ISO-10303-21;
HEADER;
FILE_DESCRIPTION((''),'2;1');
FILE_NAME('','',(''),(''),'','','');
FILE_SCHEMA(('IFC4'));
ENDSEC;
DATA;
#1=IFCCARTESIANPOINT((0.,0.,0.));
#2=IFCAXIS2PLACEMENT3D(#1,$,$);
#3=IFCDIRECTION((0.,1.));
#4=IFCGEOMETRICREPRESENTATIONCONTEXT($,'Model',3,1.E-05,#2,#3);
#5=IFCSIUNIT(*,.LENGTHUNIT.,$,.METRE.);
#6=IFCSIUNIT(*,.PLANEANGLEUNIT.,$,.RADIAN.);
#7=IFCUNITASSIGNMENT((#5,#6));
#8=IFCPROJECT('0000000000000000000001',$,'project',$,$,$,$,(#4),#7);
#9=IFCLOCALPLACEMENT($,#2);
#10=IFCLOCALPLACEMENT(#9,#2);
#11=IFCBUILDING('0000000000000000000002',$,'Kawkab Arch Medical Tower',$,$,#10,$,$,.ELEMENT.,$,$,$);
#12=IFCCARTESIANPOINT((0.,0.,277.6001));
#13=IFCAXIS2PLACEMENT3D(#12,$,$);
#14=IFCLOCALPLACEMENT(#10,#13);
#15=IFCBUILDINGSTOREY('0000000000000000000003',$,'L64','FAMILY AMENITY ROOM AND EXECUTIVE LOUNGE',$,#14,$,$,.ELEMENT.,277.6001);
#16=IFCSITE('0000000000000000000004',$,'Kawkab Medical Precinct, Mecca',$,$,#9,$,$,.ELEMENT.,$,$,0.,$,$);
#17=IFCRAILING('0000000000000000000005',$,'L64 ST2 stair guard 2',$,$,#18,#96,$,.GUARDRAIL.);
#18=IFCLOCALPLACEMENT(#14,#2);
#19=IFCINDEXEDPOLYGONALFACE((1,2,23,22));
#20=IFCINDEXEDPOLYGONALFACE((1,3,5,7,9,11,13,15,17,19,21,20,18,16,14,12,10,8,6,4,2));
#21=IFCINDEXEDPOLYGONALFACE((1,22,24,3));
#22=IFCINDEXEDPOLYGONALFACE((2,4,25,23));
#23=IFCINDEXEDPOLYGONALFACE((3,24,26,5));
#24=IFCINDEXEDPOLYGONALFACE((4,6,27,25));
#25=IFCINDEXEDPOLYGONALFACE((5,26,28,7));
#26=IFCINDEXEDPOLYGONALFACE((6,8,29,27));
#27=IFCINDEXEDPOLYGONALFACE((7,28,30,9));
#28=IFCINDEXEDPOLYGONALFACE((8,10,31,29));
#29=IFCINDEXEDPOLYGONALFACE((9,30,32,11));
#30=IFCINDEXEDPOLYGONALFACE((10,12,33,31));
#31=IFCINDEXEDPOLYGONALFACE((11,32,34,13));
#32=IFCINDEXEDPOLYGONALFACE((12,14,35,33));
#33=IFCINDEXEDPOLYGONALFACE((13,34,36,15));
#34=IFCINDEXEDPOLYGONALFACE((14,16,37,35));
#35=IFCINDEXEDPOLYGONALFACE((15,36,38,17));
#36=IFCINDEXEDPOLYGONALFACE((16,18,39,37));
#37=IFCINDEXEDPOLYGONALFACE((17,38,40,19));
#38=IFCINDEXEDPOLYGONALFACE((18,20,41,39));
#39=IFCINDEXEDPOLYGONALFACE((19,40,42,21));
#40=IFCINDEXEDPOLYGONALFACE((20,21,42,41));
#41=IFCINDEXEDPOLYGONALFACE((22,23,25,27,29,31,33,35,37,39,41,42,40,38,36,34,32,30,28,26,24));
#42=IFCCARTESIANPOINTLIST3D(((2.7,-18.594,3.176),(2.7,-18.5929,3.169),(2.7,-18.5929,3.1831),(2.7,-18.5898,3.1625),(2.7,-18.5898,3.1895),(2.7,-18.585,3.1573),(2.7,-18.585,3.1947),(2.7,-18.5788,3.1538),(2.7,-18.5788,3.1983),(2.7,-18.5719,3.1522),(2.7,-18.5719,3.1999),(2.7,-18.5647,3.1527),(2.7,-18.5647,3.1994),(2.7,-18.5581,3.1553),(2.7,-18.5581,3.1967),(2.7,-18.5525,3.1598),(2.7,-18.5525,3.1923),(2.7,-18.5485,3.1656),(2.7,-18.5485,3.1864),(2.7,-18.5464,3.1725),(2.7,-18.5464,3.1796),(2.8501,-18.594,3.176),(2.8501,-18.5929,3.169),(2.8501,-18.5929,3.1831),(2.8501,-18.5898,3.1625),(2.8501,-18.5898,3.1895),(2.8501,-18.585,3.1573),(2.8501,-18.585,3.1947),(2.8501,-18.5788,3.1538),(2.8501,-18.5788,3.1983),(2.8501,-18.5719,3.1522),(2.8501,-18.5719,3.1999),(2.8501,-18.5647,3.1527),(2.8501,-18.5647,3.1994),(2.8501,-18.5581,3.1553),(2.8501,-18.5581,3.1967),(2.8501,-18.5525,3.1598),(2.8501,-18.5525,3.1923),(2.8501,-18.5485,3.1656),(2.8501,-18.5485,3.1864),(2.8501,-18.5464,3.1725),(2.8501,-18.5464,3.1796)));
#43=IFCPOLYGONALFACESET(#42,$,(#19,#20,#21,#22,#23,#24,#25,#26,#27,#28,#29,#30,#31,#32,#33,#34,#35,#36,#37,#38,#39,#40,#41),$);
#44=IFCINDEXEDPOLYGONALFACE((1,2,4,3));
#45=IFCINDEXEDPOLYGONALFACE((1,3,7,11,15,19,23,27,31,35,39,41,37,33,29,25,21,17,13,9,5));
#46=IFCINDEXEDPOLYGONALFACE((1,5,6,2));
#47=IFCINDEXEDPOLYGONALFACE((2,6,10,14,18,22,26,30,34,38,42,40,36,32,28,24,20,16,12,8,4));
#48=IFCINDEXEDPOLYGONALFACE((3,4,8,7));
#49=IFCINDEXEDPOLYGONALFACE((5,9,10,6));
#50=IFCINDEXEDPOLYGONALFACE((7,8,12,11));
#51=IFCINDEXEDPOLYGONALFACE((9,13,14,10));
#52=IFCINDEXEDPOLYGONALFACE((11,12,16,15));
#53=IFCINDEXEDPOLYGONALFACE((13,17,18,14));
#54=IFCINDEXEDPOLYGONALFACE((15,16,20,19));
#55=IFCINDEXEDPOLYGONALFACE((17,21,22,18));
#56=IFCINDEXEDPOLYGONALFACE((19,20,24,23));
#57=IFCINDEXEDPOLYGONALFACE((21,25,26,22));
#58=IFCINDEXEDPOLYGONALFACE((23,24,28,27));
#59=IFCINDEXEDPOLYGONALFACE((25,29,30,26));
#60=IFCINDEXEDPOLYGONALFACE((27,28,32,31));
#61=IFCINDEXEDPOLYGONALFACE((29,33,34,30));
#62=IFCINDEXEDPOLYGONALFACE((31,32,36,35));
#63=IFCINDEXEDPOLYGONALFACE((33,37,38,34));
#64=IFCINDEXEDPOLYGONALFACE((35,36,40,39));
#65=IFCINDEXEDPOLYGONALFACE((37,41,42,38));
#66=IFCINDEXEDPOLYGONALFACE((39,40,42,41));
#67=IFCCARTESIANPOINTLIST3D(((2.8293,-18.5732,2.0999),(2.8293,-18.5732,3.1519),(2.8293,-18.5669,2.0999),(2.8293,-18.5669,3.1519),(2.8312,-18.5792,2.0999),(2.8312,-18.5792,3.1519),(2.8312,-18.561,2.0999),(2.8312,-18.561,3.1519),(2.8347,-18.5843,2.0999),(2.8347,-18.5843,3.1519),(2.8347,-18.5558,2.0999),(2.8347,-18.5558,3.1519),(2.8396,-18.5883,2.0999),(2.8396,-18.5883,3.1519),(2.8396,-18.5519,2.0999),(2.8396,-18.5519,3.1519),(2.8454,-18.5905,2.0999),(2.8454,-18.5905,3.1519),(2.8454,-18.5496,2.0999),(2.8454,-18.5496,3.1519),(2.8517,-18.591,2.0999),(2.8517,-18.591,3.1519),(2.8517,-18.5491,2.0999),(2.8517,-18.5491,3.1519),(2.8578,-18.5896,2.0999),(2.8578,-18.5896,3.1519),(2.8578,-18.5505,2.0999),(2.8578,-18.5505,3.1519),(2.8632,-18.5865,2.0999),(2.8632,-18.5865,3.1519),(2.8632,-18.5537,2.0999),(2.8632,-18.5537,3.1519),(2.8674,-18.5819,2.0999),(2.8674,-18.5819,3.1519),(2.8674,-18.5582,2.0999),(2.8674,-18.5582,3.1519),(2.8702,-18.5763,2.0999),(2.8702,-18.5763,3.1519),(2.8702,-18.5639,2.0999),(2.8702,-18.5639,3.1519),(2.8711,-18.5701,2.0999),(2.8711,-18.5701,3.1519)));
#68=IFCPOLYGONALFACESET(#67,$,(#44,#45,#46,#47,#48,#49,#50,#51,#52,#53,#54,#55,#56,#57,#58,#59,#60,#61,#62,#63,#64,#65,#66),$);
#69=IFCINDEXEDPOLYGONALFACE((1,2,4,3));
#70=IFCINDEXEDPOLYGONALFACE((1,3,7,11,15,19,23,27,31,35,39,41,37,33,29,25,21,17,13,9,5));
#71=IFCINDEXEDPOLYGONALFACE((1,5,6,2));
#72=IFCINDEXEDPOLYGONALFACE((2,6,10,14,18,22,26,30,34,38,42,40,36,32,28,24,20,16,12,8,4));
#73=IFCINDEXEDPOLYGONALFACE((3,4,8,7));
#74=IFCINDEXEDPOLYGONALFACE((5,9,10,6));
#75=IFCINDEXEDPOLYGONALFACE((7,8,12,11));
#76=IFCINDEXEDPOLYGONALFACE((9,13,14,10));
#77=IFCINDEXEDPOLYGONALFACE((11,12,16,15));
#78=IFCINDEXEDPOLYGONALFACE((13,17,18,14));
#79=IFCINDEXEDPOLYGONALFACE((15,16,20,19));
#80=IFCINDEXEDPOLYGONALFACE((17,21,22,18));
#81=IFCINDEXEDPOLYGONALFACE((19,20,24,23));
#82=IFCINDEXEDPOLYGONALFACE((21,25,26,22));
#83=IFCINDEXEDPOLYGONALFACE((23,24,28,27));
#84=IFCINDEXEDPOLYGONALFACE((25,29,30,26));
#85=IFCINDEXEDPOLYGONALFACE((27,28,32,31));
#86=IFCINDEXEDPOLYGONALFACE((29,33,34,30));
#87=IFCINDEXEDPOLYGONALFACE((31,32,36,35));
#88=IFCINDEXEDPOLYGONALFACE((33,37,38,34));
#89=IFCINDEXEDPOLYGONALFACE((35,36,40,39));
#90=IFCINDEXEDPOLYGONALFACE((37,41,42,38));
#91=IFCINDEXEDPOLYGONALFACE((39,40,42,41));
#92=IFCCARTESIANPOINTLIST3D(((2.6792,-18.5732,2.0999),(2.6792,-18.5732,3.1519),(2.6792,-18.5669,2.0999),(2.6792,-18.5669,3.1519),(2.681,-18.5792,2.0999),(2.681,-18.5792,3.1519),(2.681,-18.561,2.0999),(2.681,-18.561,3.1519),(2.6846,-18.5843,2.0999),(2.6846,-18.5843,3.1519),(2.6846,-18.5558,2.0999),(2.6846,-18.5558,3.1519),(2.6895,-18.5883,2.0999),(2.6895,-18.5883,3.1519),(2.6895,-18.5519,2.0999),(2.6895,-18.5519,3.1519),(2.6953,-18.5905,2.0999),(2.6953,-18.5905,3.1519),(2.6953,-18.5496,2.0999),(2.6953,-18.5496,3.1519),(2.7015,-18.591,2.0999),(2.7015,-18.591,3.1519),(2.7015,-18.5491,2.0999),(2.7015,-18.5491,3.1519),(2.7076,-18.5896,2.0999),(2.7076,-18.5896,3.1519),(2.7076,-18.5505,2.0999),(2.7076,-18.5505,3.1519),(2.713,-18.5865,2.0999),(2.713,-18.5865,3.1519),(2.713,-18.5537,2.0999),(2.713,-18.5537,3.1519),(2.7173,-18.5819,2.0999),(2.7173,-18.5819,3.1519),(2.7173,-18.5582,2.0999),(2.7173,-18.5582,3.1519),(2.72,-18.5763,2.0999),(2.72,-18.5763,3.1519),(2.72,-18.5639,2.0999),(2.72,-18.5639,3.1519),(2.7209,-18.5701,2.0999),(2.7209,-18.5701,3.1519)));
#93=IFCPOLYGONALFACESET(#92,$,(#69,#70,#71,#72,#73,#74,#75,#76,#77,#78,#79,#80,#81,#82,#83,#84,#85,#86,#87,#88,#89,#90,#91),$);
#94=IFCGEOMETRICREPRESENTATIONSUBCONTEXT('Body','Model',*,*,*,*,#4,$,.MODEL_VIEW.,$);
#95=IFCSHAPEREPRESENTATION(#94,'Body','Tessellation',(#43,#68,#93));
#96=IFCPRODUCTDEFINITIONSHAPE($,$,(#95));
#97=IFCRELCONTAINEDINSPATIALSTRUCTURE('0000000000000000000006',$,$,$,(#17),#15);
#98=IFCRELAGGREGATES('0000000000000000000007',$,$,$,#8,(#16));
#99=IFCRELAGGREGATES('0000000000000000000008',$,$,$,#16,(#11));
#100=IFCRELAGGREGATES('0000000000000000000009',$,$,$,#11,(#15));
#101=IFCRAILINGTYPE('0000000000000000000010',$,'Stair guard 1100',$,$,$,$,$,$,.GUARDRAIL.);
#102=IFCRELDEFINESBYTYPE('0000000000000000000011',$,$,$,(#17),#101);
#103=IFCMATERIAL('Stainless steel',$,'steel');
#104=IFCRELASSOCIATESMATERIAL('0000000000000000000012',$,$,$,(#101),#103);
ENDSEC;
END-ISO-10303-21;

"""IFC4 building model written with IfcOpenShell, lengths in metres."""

from ifc_helpers import new_model, si_unit, direction, frame, origin, origin_2d, place, context, subcontext, project, spatial, circle, extrude, material, type_object, element, save


model = new_model("IFC4")

# Units and contexts
model_context = context("Model", 3, precision=1e-05, world=origin(), true_north=direction((0.0, 1.0)))
body_context = subcontext(model_context, "Body", "Model", "MODEL_VIEW")
ifc_project = project(units=[si_unit("LENGTHUNIT", "METRE"), si_unit("PLANEANGLEUNIT", "RADIAN")], contexts=[model_context])

# Site, building, storey
site_placement = place(None, origin())
site = spatial("IfcSite", under=ifc_project, at=site_placement, Name="Kawkab Medical Precinct, Mecca", CompositionType="ELEMENT", RefElevation=0.0)
building_placement = place(site_placement, origin())
building = spatial("IfcBuilding", under=site, at=building_placement, Name="Kawkab Arch Medical Tower", CompositionType="ELEMENT")
storey_placement = place(building_placement, frame((0.0, 0.0, 277.6001)))
storey = spatial("IfcBuildingStorey", under=building, at=storey_placement, Name="L64", Description="FAMILY AMENITY ROOM AND EXECUTIVE LOUNGE", CompositionType="ELEMENT", Elevation=277.6001)

# Railing
ifc_material_1 = material(Name="Stainless steel", Category="steel")
railing_type = type_object("IfcRailingType", Name="Stair guard 1100", PredefinedType="GUARDRAIL", material=ifc_material_1)
railing_1_placement = place(storey_placement, frame((2.8501, -18.5701, 2.0999)))
element("IfcRailing", 1, at=railing_1_placement, inside=storey, type_object=railing_type, Name="L64 ST2 stair guard 2", PredefinedType="GUARDRAIL", context=body_context, shape_type="SweptSolid", body=[
    extrude(circle(Radius=0.0239, at=origin_2d()), frame((0.0, 0.0, 1.0762), z_axis=(-1.0, 0.0, 0.0), x_axis=(0.0, -1.0, 0.0)), (0.0, 0.0, 1.0), 0.1501),
    extrude(circle(Radius=0.021, at=origin_2d()), origin(), (0.0, 0.0, 1.0), 1.052),
    extrude(circle(Radius=0.021, at=origin_2d()), frame((-0.1501, 0.0, 0.0)), (0.0, 0.0, 1.0), 1.052),
])

save(model, "model.ifc")
